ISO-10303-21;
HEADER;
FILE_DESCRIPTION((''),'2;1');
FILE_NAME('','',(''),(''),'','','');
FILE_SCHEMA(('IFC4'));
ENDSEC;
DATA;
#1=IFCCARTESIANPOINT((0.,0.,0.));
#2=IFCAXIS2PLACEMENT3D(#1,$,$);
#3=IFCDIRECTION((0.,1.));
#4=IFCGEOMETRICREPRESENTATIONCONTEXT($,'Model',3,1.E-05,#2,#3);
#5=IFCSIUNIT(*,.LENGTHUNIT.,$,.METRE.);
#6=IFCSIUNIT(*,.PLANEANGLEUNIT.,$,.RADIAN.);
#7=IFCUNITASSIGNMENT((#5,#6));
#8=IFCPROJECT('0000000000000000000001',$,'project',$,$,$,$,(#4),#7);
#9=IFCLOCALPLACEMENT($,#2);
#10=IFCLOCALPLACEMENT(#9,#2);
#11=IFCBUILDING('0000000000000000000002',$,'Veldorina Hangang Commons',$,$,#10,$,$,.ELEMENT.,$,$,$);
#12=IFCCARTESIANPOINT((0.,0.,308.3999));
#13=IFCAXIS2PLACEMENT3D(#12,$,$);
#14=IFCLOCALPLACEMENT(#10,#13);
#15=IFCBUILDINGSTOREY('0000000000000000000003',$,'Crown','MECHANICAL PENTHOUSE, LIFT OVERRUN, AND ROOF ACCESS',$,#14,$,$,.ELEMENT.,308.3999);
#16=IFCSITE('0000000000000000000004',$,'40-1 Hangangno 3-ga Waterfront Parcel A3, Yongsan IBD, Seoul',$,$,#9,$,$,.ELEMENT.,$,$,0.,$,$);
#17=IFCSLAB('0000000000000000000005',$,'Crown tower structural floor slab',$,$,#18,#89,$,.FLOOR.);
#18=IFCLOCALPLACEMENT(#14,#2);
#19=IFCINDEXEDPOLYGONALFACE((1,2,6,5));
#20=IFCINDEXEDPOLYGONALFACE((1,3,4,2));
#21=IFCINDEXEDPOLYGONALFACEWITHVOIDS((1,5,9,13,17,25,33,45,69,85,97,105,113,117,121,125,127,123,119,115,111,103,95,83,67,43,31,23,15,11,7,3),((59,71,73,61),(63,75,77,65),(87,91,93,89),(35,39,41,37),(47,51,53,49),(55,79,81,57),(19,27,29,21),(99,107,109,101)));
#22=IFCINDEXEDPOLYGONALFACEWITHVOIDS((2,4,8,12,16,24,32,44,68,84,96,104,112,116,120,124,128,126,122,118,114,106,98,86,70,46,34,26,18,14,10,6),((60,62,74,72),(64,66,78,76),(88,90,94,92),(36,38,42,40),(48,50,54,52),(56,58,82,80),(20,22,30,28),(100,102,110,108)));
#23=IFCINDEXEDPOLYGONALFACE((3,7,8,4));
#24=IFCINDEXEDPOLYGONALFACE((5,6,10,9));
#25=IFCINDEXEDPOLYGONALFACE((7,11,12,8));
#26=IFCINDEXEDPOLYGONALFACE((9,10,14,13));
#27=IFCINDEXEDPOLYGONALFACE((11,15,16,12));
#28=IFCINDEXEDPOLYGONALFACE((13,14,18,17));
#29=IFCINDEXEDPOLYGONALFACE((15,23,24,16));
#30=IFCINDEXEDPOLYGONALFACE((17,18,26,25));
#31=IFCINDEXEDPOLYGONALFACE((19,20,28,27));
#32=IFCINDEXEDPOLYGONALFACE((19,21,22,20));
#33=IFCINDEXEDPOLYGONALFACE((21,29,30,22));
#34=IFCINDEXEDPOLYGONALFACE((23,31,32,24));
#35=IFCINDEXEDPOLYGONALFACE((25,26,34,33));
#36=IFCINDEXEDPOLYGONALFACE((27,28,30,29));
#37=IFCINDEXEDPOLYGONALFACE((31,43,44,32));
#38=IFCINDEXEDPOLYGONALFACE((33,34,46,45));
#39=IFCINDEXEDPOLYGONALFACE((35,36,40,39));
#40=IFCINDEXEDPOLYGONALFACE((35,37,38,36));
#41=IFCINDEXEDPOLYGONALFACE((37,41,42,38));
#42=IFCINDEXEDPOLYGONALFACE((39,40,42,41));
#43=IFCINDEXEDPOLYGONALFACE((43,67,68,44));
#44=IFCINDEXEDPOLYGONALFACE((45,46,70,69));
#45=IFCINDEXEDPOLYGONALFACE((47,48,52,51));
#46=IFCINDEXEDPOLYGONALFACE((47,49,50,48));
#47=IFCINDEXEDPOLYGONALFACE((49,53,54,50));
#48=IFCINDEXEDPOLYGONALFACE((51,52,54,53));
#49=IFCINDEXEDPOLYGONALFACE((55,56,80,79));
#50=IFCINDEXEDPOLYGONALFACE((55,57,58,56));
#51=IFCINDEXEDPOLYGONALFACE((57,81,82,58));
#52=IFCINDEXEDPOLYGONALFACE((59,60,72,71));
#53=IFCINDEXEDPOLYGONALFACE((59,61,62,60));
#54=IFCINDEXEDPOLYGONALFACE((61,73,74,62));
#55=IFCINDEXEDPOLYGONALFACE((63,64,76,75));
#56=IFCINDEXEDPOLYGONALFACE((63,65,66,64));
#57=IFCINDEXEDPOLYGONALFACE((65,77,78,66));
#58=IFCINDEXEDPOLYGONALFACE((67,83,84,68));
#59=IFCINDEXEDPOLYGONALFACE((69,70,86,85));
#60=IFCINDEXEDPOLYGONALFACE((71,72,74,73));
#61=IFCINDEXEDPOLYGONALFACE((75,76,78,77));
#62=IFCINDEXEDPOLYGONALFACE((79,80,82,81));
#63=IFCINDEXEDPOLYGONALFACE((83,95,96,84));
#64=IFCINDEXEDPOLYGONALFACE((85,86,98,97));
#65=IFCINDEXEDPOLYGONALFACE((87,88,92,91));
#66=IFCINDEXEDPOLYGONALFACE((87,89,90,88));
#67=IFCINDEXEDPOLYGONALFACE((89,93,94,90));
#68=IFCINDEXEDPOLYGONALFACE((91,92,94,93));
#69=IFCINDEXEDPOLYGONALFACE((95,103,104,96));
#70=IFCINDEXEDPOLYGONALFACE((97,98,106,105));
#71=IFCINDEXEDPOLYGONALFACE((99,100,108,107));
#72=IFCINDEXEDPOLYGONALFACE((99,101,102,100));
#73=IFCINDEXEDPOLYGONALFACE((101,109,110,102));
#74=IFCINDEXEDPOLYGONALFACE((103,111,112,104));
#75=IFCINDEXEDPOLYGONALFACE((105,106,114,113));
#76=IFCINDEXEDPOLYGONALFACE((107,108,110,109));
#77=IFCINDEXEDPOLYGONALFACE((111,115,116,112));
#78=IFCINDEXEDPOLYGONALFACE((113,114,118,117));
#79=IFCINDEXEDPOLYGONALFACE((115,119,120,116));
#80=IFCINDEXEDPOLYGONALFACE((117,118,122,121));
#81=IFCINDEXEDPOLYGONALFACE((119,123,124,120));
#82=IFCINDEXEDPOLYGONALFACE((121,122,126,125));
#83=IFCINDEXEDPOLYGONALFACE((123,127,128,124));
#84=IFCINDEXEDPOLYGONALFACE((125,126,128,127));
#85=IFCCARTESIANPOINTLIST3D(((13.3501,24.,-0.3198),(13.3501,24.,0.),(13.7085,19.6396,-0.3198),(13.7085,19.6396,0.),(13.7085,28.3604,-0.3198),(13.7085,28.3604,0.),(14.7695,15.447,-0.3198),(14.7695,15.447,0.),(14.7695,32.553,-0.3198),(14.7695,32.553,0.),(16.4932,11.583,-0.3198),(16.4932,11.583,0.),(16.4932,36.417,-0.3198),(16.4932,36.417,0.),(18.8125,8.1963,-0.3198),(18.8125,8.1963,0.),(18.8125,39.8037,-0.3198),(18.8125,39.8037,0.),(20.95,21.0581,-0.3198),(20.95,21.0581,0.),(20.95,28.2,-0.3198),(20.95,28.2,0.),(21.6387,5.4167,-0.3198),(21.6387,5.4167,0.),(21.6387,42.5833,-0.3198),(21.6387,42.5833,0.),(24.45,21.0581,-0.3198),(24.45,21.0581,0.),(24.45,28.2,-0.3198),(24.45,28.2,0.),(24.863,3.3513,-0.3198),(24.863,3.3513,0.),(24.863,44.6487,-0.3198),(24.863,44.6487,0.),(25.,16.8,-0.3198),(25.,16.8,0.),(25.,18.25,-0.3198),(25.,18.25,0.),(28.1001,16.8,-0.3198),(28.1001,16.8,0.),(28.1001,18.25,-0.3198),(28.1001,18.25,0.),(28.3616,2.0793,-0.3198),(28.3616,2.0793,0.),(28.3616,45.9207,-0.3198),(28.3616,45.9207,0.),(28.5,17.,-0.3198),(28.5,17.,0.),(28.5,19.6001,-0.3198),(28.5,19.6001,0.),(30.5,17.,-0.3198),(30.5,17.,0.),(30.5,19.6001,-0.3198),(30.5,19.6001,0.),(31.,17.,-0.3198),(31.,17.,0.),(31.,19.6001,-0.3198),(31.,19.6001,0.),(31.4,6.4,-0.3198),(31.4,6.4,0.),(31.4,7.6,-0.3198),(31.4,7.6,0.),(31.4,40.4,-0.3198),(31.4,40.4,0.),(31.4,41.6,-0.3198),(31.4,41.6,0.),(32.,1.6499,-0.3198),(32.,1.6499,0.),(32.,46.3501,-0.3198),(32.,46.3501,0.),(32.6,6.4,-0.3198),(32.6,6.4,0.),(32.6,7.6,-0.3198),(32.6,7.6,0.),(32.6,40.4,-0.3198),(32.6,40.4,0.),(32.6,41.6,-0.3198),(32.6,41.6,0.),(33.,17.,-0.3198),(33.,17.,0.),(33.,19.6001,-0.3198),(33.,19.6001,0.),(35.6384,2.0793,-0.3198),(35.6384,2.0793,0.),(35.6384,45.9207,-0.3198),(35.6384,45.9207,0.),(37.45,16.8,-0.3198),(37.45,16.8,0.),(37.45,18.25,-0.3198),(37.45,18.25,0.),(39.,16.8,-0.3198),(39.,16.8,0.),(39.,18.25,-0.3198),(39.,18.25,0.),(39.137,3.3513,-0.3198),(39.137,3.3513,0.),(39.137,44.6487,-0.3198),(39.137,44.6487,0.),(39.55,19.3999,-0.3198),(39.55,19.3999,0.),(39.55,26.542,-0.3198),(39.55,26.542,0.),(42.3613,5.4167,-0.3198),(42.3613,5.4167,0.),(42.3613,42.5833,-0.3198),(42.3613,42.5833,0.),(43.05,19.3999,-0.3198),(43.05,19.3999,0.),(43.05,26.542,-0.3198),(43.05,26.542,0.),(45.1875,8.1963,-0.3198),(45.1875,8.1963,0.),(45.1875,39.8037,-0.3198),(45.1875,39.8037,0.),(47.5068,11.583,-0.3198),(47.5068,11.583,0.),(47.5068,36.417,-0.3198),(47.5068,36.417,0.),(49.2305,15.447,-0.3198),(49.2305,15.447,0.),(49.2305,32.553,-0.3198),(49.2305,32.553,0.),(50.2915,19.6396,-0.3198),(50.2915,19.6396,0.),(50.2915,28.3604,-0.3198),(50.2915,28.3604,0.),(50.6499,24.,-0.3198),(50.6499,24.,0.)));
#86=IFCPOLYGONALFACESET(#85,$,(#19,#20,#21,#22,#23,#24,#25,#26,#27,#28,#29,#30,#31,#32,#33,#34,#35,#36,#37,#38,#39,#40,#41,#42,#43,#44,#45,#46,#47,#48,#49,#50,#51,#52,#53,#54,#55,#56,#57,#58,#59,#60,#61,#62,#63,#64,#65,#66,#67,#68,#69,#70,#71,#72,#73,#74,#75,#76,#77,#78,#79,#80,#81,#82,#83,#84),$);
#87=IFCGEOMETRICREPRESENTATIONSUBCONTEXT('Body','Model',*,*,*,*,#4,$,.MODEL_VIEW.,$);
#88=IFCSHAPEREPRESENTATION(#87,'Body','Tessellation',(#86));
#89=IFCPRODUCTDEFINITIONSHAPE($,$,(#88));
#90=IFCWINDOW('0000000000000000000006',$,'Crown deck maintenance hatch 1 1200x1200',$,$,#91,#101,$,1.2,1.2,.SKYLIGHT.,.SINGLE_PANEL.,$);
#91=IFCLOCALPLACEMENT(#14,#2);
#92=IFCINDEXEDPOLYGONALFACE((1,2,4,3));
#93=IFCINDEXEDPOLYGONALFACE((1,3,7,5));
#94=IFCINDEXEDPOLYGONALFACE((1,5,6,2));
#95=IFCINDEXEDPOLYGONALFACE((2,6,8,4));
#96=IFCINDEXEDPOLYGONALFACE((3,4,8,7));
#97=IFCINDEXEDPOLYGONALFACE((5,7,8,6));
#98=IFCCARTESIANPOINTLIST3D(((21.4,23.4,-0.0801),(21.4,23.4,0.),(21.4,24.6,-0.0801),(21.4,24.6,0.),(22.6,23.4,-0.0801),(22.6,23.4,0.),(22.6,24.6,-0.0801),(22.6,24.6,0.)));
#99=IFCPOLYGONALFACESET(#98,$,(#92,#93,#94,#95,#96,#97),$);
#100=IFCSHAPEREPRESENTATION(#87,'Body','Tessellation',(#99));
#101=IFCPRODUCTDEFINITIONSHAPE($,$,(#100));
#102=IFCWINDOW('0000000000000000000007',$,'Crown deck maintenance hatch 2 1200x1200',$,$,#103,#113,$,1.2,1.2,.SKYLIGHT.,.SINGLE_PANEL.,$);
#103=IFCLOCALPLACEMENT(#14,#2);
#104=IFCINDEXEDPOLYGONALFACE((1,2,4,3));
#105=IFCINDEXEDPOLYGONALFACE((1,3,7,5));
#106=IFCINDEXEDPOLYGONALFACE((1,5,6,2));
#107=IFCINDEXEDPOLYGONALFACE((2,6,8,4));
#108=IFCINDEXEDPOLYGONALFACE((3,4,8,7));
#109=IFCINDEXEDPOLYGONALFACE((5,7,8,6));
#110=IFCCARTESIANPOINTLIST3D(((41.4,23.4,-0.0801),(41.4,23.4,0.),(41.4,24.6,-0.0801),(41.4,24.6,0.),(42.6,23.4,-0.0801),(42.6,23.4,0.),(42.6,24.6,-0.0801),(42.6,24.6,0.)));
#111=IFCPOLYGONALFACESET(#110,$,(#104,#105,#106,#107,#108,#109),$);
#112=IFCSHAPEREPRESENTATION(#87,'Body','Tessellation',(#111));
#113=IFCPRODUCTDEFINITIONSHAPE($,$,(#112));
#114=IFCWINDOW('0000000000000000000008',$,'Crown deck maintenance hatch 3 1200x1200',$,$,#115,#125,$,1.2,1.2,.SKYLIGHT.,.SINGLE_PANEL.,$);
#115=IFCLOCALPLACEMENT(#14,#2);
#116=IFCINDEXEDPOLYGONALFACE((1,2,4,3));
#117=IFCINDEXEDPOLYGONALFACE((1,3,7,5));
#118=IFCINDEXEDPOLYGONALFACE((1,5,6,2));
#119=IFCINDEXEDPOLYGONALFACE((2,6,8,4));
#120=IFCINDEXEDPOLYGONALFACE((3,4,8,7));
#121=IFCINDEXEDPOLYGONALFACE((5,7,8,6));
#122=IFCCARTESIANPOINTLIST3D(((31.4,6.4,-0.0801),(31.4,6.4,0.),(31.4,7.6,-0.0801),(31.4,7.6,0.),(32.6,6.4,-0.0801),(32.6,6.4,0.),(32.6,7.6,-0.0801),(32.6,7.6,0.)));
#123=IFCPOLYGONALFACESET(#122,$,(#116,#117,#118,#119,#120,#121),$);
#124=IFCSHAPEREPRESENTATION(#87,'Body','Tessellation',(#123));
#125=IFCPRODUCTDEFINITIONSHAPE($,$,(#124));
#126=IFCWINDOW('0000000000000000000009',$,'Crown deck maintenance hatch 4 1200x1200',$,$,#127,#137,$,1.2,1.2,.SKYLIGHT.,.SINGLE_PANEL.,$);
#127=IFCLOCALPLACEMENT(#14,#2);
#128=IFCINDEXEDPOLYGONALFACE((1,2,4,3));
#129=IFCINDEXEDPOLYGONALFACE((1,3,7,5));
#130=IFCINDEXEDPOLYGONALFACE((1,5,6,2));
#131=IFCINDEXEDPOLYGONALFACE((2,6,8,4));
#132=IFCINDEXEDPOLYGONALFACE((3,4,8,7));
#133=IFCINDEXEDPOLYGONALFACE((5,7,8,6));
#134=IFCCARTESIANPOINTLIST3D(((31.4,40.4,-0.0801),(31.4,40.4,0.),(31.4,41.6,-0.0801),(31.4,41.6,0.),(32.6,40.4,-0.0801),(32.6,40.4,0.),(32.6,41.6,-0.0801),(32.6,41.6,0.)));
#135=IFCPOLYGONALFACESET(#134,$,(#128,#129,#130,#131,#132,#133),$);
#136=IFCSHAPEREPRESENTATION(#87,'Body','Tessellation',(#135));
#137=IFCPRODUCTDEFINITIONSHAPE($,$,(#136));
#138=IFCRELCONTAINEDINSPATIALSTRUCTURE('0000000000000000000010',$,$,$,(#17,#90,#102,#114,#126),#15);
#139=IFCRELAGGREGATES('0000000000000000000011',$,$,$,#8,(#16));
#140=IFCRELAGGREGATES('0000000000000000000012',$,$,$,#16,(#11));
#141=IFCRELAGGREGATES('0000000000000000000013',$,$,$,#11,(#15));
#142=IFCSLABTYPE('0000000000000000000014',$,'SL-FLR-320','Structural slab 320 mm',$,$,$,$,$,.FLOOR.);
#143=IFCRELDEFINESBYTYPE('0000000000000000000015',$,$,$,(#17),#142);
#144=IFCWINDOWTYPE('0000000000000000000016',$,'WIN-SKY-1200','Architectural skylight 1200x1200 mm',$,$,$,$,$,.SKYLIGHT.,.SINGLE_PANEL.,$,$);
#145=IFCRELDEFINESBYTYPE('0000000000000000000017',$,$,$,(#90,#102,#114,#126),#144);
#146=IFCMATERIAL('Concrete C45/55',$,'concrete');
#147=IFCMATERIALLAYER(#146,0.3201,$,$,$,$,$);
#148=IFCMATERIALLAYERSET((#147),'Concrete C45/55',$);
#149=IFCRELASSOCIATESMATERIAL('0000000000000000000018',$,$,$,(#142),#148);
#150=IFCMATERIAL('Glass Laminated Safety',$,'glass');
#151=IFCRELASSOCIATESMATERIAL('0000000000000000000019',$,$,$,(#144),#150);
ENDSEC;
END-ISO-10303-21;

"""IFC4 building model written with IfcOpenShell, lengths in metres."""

from ifc_helpers import new_model, si_unit, direction, frame, origin, origin_2d, place, context, subcontext, project, spatial, polyline, rectangle, outline, extrude, material, layer, layer_set, type_object, element, fill, save


model = new_model("IFC4")

# Units and contexts
model_context = context("Model", 3, precision=1e-05, world=origin(), true_north=direction((0.0, 1.0)))
body_context = subcontext(model_context, "Body", "Model", "MODEL_VIEW")
ifc_project = project(units=[si_unit("LENGTHUNIT", "METRE"), si_unit("PLANEANGLEUNIT", "RADIAN")], contexts=[model_context])

# Site, building, storey
site_placement = place(None, origin())
site = spatial("IfcSite", under=ifc_project, at=site_placement, Name="40-1 Hangangno 3-ga Waterfront Parcel A3, Yongsan IBD, Seoul", CompositionType="ELEMENT", RefElevation=0.0)
building_placement = place(site_placement, origin())
building = spatial("IfcBuilding", under=site, at=building_placement, Name="Veldorina Hangang Commons", CompositionType="ELEMENT")
storey_placement = place(building_placement, frame((0.0, 0.0, 308.3999)))
storey = spatial("IfcBuildingStorey", under=building, at=storey_placement, Name="Crown", Description="MECHANICAL PENTHOUSE, LIFT OVERRUN, AND ROOF ACCESS", CompositionType="ELEMENT", Elevation=308.3999)

# Slab, openings, windows
ifc_material_1 = material(Name="Concrete C45/55", Category="concrete")
ifc_layer_1 = layer(ifc_material_1, 0.3201)
ifc_layer_set_1 = layer_set([ifc_layer_1], Name="Concrete C45/55")
slab_type_1 = type_object("IfcSlabType", Name="SL-FLR-320", Description="Structural slab 320 mm", PredefinedType="FLOOR", material=ifc_layer_set_1)
slab_1_placement = place(storey_placement, frame((0.0, 0.0, -0.3198)))
slab_1 = element("IfcSlab", 1, at=slab_1_placement, inside=storey, type_object=slab_type_1, Name="Crown tower structural floor slab", PredefinedType="FLOOR", context=body_context, shape_type="SweptSolid", body=[
    extrude(outline(polyline([(50.6499, 24.0), (50.2915, 28.3604), (49.2305, 32.553), (47.5068, 36.417), (45.1875, 39.8037), (42.3613, 42.5833), (39.137, 44.6487), (35.6384, 45.9207), (32.0, 46.3501), (28.3616, 45.9207), (24.863, 44.6487), (21.6387, 42.5833), (18.8125, 39.8037), (16.4932, 36.417), (14.7695, 32.553), (13.7085, 28.3604), (13.3501, 24.0), (13.7085, 19.6396), (14.7695, 15.447), (16.4932, 11.583), (18.8125, 8.1963), (21.6387, 5.4167), (24.863, 3.3513), (28.3616, 2.0793), (32.0, 1.6499), (35.6384, 2.0793), (39.137, 3.3513), (42.3613, 5.4167), (45.1875, 8.1963), (47.5068, 11.583), (49.2305, 15.447), (50.2915, 19.6396), (50.6499, 24.0)]), holes=[polyline([(20.95, 21.0581), (20.95, 28.2), (24.45, 28.2), (24.45, 21.0581), (20.95, 21.0581)]), polyline([(43.05, 26.542), (43.05, 19.3999), (39.55, 19.3999), (39.55, 26.542), (43.05, 26.542)]), polyline([(28.5, 19.6001), (30.5, 19.6001), (30.5, 17.0), (28.5, 17.0), (28.5, 19.6001)]), polyline([(31.0, 19.6001), (33.0, 19.6001), (33.0, 17.0), (31.0, 17.0), (31.0, 19.6001)]), polyline([(25.0, 18.25), (28.1001, 18.25), (28.1001, 16.8), (25.0, 16.8), (25.0, 18.25)]), polyline([(37.45, 18.25), (39.0, 18.25), (39.0, 16.8), (37.45, 16.8), (37.45, 18.25)])]), origin(), (0.0, 0.0, 1.0), 0.3198),
])
opening_1_placement = place(slab_1_placement, frame((22.0, 24.0, 0.0)))
opening_1 = element("IfcOpeningElement", 2, at=opening_1_placement, cuts=slab_1, PredefinedType="OPENING", context=body_context, shape_type="SweptSolid", body=[
    extrude(rectangle(XDim=1.2, YDim=1.2, at=origin_2d()), frame((0.0, 0.0, -0.01)), (0.0, 0.0, 1.0), 0.3398),
])
opening_2_placement = place(slab_1_placement, frame((42.0, 24.0, 0.0)))
opening_2 = element("IfcOpeningElement", 3, at=opening_2_placement, cuts=slab_1, PredefinedType="OPENING", context=body_context, shape_type="SweptSolid", body=[
    extrude(rectangle(XDim=1.2, YDim=1.2, at=origin_2d()), frame((0.0, 0.0, -0.01)), (0.0, 0.0, 1.0), 0.3398),
])
opening_3_placement = place(slab_1_placement, frame((32.0, 7.0, 0.0)))
opening_3 = element("IfcOpeningElement", 4, at=opening_3_placement, cuts=slab_1, PredefinedType="OPENING", context=body_context, shape_type="SweptSolid", body=[
    extrude(rectangle(XDim=1.2, YDim=1.2, at=origin_2d()), frame((0.0, 0.0, -0.01)), (0.0, 0.0, 1.0), 0.3398),
])
opening_4_placement = place(slab_1_placement, frame((32.0, 41.0, 0.0)))
opening_4 = element("IfcOpeningElement", 5, at=opening_4_placement, cuts=slab_1, PredefinedType="OPENING", context=body_context, shape_type="SweptSolid", body=[
    extrude(rectangle(XDim=1.2, YDim=1.2, at=origin_2d()), frame((0.0, 0.0, -0.01)), (0.0, 0.0, 1.0), 0.3398),
])
ifc_material_2 = material(Name="Glass Laminated Safety", Category="glass")
window_type = type_object("IfcWindowType", Name="WIN-SKY-1200", Description="Architectural skylight 1200x1200 mm", PartitioningType="SINGLE_PANEL", PredefinedType="SKYLIGHT", material=ifc_material_2)
window_1_placement = place(opening_1_placement, frame((0.0, 0.0, 0.2397)))
window_1 = element("IfcWindow", 6, at=window_1_placement, inside=storey, type_object=window_type, Name="Crown deck maintenance hatch 1 1200x1200", OverallHeight=1.2, OverallWidth=1.2, PartitioningType="SINGLE_PANEL", PredefinedType="SKYLIGHT", context=body_context, shape_type="SweptSolid", body=[
    extrude(rectangle(XDim=1.2, YDim=1.2, at=origin_2d()), origin(), (0.0, 0.0, 1.0), 0.0801),
])
fill(opening_1, window_1)
window_2_placement = place(opening_2_placement, frame((0.0, 0.0, 0.2397)))
window_2 = element("IfcWindow", 7, at=window_2_placement, inside=storey, type_object=window_type, Name="Crown deck maintenance hatch 2 1200x1200", OverallHeight=1.2, OverallWidth=1.2, PartitioningType="SINGLE_PANEL", PredefinedType="SKYLIGHT", context=body_context, shape_type="SweptSolid", body=[
    extrude(rectangle(XDim=1.2, YDim=1.2, at=origin_2d()), origin(), (0.0, 0.0, 1.0), 0.0801),
])
fill(opening_2, window_2)
window_3_placement = place(opening_3_placement, frame((0.0, 0.0, 0.2397)))
window_3 = element("IfcWindow", 8, at=window_3_placement, inside=storey, type_object=window_type, Name="Crown deck maintenance hatch 3 1200x1200", OverallHeight=1.2, OverallWidth=1.2, PartitioningType="SINGLE_PANEL", PredefinedType="SKYLIGHT", context=body_context, shape_type="SweptSolid", body=[
    extrude(rectangle(XDim=1.2, YDim=1.2, at=origin_2d()), origin(), (0.0, 0.0, 1.0), 0.0801),
])
fill(opening_3, window_3)
window_4_placement = place(opening_4_placement, frame((0.0, 0.0, 0.2397)))
window_4 = element("IfcWindow", 9, at=window_4_placement, inside=storey, type_object=window_type, Name="Crown deck maintenance hatch 4 1200x1200", OverallHeight=1.2, OverallWidth=1.2, PartitioningType="SINGLE_PANEL", PredefinedType="SKYLIGHT", context=body_context, shape_type="SweptSolid", body=[
    extrude(rectangle(XDim=1.2, YDim=1.2, at=origin_2d()), origin(), (0.0, 0.0, 1.0), 0.0801),
])
fill(opening_4, window_4)

save(model, "model.ifc")
